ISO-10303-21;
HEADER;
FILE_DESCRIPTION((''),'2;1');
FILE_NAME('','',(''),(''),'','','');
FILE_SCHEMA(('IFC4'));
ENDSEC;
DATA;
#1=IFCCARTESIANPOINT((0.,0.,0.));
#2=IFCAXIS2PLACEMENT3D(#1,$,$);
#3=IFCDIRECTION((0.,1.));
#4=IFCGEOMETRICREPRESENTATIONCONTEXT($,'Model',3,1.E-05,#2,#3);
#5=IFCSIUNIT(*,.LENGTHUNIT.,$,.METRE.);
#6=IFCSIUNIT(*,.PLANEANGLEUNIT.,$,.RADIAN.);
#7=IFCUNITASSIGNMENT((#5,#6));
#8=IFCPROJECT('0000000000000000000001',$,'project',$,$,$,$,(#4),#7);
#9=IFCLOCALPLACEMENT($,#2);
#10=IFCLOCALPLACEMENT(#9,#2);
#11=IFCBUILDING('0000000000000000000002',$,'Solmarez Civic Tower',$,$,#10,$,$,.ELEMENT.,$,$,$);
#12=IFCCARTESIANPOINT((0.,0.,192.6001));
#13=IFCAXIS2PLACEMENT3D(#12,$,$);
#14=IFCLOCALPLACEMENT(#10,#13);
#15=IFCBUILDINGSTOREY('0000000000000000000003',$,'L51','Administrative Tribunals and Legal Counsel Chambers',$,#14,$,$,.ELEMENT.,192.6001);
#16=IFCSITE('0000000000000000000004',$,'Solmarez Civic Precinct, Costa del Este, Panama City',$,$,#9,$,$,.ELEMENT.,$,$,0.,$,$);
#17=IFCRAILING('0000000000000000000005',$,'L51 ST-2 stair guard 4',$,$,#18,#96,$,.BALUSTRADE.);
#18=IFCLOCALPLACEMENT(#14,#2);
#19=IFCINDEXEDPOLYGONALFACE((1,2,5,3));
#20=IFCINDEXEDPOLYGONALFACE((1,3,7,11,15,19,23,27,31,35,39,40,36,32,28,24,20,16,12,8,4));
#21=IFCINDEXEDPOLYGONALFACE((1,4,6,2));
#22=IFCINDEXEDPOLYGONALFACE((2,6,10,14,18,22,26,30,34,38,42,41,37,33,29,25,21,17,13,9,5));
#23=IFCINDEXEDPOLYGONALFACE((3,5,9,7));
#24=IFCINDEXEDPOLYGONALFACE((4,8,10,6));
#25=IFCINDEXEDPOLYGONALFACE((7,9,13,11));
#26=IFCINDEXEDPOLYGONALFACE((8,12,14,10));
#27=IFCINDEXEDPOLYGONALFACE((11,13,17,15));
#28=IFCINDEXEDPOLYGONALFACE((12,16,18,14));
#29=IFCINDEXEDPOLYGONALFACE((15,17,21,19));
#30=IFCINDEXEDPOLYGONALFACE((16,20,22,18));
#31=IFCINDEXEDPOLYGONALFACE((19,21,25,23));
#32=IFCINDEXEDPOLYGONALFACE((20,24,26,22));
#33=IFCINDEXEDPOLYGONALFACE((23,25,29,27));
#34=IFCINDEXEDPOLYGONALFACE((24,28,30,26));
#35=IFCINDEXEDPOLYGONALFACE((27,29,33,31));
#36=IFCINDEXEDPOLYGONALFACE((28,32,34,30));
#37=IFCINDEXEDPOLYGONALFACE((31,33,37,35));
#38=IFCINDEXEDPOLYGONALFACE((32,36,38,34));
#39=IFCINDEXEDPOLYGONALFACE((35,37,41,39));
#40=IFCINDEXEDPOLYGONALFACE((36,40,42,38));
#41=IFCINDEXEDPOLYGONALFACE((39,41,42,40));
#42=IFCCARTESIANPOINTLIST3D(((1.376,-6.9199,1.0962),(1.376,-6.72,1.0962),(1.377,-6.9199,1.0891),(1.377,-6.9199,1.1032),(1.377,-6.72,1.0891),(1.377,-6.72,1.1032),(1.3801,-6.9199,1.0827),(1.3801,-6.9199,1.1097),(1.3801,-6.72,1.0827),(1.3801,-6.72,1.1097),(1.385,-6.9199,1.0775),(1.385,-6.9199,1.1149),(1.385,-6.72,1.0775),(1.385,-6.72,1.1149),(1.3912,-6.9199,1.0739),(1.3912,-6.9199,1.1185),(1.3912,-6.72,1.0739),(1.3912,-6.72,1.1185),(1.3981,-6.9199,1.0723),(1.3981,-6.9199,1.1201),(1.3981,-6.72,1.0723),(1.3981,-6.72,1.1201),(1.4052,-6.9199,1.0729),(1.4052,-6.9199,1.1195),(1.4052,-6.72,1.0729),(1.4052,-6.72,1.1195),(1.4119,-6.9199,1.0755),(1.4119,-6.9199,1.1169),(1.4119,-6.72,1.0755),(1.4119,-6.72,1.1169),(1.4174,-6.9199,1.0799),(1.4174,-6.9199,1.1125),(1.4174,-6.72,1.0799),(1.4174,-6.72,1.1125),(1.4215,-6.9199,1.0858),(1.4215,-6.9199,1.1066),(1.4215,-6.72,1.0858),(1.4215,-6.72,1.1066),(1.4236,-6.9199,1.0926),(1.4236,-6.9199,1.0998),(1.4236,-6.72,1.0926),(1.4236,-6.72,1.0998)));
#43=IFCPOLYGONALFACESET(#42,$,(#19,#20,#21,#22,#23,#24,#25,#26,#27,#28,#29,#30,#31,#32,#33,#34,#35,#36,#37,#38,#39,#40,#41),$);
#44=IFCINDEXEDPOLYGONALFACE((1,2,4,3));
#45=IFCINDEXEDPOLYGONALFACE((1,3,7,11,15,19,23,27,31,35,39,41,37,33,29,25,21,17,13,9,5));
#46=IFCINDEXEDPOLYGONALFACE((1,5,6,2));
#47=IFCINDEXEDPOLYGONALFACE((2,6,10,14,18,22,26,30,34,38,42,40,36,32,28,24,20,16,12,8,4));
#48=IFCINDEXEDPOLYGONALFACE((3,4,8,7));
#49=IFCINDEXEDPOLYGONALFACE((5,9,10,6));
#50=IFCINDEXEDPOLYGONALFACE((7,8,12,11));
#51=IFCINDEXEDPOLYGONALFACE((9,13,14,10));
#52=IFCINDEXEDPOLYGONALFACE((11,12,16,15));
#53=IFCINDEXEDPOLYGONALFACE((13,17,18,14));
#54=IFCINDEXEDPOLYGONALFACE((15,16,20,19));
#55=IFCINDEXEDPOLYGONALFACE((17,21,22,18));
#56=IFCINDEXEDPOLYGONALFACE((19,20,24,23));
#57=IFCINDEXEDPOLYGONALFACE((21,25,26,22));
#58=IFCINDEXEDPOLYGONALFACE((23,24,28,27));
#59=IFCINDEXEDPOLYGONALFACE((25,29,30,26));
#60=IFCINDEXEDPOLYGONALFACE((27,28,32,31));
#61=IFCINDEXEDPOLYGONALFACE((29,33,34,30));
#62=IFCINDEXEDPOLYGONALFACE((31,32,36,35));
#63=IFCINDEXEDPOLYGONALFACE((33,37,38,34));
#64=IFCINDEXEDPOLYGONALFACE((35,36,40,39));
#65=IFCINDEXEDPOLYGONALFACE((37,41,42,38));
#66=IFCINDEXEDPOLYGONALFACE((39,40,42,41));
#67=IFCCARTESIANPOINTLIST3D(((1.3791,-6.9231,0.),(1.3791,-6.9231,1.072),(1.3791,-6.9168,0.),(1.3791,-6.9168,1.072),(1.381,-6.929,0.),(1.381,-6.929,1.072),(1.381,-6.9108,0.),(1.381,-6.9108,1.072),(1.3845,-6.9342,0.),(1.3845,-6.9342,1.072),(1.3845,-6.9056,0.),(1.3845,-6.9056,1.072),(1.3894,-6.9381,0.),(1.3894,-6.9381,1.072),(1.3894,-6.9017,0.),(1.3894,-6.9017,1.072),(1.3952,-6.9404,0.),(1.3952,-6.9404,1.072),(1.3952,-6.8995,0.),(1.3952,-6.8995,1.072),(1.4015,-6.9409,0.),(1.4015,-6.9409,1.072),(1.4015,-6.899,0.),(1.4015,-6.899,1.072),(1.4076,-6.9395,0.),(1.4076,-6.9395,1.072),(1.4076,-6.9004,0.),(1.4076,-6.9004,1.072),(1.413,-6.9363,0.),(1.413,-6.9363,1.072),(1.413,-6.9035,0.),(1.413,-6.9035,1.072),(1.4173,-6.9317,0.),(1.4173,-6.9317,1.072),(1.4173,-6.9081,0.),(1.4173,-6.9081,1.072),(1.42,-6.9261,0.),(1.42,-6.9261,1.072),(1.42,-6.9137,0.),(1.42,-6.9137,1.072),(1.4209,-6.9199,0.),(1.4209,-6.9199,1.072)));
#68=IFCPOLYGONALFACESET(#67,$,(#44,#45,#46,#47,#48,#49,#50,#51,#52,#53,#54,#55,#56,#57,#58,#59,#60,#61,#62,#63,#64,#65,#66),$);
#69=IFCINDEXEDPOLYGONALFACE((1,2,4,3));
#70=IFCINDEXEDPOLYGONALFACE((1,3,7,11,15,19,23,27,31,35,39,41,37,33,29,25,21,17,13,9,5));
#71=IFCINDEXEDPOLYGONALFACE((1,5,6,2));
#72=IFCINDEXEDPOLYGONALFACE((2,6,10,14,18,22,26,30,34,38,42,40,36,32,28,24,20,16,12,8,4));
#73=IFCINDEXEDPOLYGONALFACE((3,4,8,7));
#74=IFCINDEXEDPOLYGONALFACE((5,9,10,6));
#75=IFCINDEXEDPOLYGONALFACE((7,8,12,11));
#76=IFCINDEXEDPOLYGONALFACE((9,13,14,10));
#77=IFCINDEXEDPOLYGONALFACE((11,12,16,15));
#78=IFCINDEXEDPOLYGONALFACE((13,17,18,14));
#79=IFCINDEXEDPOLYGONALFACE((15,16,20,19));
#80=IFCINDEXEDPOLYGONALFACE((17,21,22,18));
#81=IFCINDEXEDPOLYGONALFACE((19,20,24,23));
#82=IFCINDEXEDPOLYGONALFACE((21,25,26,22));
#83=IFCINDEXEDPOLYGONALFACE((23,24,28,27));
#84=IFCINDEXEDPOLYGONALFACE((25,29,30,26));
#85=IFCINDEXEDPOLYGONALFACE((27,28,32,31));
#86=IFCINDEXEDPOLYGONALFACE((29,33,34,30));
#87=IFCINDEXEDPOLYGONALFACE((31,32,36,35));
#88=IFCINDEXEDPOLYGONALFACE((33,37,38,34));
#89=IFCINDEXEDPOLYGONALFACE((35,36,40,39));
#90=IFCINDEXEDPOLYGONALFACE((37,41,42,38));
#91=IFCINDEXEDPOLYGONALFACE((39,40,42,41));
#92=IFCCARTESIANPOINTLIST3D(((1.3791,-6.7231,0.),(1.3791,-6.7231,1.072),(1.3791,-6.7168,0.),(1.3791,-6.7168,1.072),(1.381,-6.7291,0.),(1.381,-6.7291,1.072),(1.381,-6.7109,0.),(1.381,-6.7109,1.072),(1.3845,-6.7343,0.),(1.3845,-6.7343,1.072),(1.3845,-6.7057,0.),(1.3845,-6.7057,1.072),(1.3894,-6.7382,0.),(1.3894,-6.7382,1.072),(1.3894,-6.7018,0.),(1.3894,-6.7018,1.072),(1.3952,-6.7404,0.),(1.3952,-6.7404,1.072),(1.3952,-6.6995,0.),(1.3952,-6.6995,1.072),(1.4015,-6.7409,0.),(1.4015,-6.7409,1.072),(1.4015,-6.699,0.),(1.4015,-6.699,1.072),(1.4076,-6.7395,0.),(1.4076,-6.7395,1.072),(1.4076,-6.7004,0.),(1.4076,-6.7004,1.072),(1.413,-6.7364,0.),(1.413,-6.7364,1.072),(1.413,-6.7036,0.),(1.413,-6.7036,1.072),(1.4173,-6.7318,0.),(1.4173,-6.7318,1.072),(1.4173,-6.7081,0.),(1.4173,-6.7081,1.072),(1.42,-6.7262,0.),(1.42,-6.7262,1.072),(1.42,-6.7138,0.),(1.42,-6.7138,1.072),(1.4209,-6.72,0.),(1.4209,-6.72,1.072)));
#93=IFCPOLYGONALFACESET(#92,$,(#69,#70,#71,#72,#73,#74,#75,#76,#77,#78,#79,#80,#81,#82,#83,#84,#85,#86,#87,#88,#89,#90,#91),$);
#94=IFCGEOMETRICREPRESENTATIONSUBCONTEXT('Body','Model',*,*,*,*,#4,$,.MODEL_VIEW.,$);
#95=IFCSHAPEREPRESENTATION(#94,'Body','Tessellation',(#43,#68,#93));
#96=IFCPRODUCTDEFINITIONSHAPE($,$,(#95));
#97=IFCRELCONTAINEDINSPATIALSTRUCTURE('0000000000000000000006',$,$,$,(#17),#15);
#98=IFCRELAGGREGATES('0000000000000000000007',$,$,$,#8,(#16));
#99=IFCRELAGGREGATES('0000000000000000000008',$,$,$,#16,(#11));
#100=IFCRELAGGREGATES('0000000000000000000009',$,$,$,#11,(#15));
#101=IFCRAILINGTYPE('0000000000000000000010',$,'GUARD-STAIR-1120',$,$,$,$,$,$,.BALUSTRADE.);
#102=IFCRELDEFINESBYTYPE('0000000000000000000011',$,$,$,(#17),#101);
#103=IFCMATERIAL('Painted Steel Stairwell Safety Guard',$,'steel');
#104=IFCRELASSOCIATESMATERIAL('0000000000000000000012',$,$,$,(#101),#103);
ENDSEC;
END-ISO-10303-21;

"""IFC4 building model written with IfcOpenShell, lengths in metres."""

from ifc_helpers import new_model, si_unit, direction, frame, origin, origin_2d, place, context, subcontext, project, spatial, circle, extrude, material, type_object, element, save


model = new_model("IFC4")

# Units and contexts
model_context = context("Model", 3, precision=1e-05, world=origin(), true_north=direction((0.0, 1.0)))
body_context = subcontext(model_context, "Body", "Model", "MODEL_VIEW")
ifc_project = project(units=[si_unit("LENGTHUNIT", "METRE"), si_unit("PLANEANGLEUNIT", "RADIAN")], contexts=[model_context])

# Site, building, storey
site_placement = place(None, origin())
site = spatial("IfcSite", under=ifc_project, at=site_placement, Name="Solmarez Civic Precinct, Costa del Este, Panama City", CompositionType="ELEMENT", RefElevation=0.0)
building_placement = place(site_placement, origin())
building = spatial("IfcBuilding", under=site, at=building_placement, Name="Solmarez Civic Tower", CompositionType="ELEMENT")
storey_placement = place(building_placement, frame((0.0, 0.0, 192.6001)))
storey = spatial("IfcBuildingStorey", under=building, at=storey_placement, Name="L51", Description="Administrative Tribunals and Legal Counsel Chambers", CompositionType="ELEMENT", Elevation=192.6001)

# Railing
ifc_material_1 = material(Name="Painted Steel Stairwell Safety Guard", Category="steel")
railing_type_1 = type_object("IfcRailingType", Name="GUARD-STAIR-1120", PredefinedType="BALUSTRADE", material=ifc_material_1)
railing_1_placement = place(storey_placement, frame((1.3999, -6.9199, 0.0)))
element("IfcRailing", 1, at=railing_1_placement, inside=storey, type_object=railing_type_1, Name="L51 ST-2 stair guard 4", PredefinedType="BALUSTRADE", context=body_context, shape_type="SweptSolid", body=[
    extrude(circle(Radius=0.0239, at=origin_2d()), frame((0.0, 0.0, 1.0962), z_axis=(0.0, 1.0, 0.0), x_axis=(-1.0, 0.0, 0.0)), (0.0, 0.0, 1.0), 0.2),
    extrude(circle(Radius=0.021, at=origin_2d()), origin(), (0.0, 0.0, 1.0), 1.072),
    extrude(circle(Radius=0.021, at=origin_2d()), frame((0.0, 0.2, 0.0)), (0.0, 0.0, 1.0), 1.072),
])

save(model, "model.ifc")
